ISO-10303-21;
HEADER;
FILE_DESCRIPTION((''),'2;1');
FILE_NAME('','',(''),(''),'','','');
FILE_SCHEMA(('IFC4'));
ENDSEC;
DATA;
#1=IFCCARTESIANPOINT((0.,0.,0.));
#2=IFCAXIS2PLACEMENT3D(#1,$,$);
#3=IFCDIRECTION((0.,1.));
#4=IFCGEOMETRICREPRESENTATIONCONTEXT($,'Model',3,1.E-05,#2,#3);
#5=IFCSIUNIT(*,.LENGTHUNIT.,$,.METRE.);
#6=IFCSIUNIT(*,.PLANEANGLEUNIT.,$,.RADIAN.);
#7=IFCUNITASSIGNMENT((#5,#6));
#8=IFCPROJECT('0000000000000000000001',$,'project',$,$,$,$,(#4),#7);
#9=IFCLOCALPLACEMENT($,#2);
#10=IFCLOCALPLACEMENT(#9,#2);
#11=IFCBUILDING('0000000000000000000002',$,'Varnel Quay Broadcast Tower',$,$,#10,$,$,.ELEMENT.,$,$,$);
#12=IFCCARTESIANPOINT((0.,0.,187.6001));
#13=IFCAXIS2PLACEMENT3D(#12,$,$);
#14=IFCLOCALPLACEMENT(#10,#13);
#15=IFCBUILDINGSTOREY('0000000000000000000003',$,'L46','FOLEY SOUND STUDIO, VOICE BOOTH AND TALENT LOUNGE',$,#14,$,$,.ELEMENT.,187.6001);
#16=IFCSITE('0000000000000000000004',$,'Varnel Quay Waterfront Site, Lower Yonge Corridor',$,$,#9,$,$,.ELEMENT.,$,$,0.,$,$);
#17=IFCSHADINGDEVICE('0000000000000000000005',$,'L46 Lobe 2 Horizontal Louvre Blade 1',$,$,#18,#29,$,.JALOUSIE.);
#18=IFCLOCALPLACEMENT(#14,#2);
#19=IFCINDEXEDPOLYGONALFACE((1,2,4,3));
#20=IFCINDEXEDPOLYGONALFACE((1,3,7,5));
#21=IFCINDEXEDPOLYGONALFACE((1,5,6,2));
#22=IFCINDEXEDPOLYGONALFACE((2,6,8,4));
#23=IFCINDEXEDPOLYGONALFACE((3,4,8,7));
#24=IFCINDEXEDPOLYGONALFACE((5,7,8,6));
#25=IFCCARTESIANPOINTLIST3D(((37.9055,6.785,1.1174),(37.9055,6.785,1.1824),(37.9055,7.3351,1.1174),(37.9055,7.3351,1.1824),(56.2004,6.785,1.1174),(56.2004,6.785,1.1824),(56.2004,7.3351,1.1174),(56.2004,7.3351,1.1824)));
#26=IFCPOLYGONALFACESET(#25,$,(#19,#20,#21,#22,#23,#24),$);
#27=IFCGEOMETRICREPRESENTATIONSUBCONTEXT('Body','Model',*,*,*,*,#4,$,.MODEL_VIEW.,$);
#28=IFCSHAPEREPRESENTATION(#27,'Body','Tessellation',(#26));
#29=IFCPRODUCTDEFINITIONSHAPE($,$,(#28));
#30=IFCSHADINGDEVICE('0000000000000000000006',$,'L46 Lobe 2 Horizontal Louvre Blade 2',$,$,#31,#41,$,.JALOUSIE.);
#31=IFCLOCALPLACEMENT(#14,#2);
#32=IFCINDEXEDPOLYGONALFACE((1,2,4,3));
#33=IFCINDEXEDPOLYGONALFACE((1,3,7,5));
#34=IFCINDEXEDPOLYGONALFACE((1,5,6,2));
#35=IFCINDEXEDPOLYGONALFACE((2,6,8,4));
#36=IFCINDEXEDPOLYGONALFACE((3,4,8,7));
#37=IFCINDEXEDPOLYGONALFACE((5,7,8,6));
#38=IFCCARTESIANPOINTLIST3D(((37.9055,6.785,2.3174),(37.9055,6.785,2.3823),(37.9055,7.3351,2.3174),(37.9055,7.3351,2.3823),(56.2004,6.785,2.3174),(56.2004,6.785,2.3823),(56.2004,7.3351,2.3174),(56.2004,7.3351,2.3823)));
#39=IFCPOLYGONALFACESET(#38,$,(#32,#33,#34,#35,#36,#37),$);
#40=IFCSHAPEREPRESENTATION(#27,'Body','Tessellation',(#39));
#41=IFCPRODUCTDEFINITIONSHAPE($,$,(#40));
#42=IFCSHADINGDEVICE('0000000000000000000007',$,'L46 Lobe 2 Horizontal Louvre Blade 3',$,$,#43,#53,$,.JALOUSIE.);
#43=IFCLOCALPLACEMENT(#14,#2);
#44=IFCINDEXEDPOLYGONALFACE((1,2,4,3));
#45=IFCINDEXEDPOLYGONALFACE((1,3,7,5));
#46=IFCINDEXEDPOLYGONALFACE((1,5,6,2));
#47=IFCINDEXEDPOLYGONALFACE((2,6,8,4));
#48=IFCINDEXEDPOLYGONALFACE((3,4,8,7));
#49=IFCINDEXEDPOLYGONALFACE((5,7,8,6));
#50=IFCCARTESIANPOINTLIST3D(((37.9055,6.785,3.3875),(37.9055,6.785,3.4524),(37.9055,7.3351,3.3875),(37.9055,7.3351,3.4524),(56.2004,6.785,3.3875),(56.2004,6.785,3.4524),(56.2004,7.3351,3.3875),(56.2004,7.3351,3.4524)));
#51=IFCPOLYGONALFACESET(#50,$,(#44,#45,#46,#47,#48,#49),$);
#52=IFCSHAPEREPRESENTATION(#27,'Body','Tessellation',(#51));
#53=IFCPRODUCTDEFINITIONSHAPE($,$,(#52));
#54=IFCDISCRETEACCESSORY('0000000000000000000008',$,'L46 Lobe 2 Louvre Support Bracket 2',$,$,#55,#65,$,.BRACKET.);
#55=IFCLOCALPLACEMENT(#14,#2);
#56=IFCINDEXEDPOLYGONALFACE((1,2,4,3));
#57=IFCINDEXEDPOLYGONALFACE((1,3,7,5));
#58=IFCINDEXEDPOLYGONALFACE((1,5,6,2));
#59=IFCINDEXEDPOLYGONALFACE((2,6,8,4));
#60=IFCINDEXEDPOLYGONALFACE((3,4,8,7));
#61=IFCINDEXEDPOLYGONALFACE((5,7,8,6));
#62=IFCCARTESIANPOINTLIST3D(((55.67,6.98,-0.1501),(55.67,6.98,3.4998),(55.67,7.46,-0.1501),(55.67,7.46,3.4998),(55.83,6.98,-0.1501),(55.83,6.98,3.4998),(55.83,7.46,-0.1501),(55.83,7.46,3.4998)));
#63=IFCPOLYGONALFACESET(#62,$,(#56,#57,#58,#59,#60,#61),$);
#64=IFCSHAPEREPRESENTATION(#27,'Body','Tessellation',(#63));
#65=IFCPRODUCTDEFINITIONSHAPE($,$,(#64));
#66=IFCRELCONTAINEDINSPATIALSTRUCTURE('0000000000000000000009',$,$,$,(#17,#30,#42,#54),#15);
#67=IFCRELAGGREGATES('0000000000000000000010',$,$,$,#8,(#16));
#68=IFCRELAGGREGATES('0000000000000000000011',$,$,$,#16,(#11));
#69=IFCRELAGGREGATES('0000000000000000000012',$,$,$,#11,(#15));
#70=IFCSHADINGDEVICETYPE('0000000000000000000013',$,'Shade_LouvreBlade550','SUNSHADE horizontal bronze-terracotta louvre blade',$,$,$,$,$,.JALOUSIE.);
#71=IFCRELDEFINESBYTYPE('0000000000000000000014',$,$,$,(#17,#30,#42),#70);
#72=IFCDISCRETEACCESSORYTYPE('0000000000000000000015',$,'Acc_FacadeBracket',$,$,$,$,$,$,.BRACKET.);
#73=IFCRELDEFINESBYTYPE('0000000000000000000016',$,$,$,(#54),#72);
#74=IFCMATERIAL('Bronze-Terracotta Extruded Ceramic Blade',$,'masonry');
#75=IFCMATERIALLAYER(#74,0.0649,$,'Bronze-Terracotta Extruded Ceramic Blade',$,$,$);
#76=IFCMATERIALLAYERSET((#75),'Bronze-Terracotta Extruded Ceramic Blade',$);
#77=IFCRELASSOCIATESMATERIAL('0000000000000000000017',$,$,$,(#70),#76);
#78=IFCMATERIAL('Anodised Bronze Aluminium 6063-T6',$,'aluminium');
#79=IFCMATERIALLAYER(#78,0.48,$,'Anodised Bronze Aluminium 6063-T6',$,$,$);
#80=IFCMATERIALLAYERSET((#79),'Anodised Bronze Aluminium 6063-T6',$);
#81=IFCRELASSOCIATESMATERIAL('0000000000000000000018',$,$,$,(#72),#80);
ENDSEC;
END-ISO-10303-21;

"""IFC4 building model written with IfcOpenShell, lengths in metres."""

from ifc_helpers import new_model, si_unit, direction, frame, origin, origin_2d, place, context, subcontext, project, spatial, rectangle, extrude, source, transform, mapped, material, layer, layer_set, type_object, type_shapes, element, save


model = new_model("IFC4")

# Units and contexts
model_context = context("Model", 3, precision=1e-05, world=origin(), true_north=direction((0.0, 1.0)))
body_context = subcontext(model_context, "Body", "Model", "MODEL_VIEW")
ifc_project = project(units=[si_unit("LENGTHUNIT", "METRE"), si_unit("PLANEANGLEUNIT", "RADIAN")], contexts=[model_context])

# Site, building, storey
site_placement = place(None, origin())
site = spatial("IfcSite", under=ifc_project, at=site_placement, Name="Varnel Quay Waterfront Site, Lower Yonge Corridor", CompositionType="ELEMENT", RefElevation=0.0)
building_placement = place(site_placement, origin())
building = spatial("IfcBuilding", under=site, at=building_placement, Name="Varnel Quay Broadcast Tower", CompositionType="ELEMENT")
storey_placement = place(building_placement, frame((0.0, 0.0, 187.6001)))
storey = spatial("IfcBuildingStorey", under=building, at=storey_placement, Name="L46", Description="FOLEY SOUND STUDIO, VOICE BOOTH AND TALENT LOUNGE", CompositionType="ELEMENT", Elevation=187.6001)

# Shared definitions
ifc_material_1 = material(Name="Anodised Bronze Aluminium 6063-T6", Category="aluminium")

# Shading devices
ifc_material_2 = material(Name="Bronze-Terracotta Extruded Ceramic Blade", Category="masonry")
ifc_layer_1 = layer(ifc_material_2, 0.0649, Name="Bronze-Terracotta Extruded Ceramic Blade")
ifc_layer_set_1 = layer_set([ifc_layer_1], Name="Bronze-Terracotta Extruded Ceramic Blade")
shading_device_type = type_object("IfcShadingDeviceType", Name="Shade_LouvreBlade550", Description="SUNSHADE horizontal bronze-terracotta louvre blade", PredefinedType="JALOUSIE", material=ifc_layer_set_1)
shared_shape_1 = source(origin(), body_context, "Body", "SweptSolid", [
    extrude(rectangle(XDim=18.2949, YDim=0.55, at=origin_2d()), origin(), (0.0, 0.0, 1.0), 0.0649),
])
type_shapes(shading_device_type, [shared_shape_1])
for number, where, z_axis, x_axis, name in (
    (1, (47.053, 7.0601, 1.1174), (0.0, 0.0, 1.0), (1.0, 0.0, 0.0), "L46 Lobe 2 Horizontal Louvre Blade 1"),
    (2, (47.053, 7.0601, 2.3174), (0.0, 0.0, 1.0), (1.0, 0.0, 0.0), "L46 Lobe 2 Horizontal Louvre Blade 2"),
    (3, (47.053, 7.0601, 3.3875), (0.0, 0.0, 1.0), (1.0, 0.0, 0.0), "L46 Lobe 2 Horizontal Louvre Blade 3"),
):
    element("IfcShadingDevice", number, at=place(storey_placement, frame(where, z_axis=z_axis, x_axis=x_axis)), inside=storey, type_object=shading_device_type, Name=name, PredefinedType="JALOUSIE", context=body_context, shape_type="MappedRepresentation", body=[
        mapped(shared_shape_1, transform((0.0, 0.0, 0.0), x_axis=(1.0, 0.0, 0.0), y_axis=(0.0, 1.0, 0.0), z_axis=(0.0, 0.0, 1.0), scale=1.0)),
    ])

# Discrete accessory
ifc_layer_2 = layer(ifc_material_1, 0.48, Name="Anodised Bronze Aluminium 6063-T6")
ifc_layer_set_2 = layer_set([ifc_layer_2], Name="Anodised Bronze Aluminium 6063-T6")
discrete_accessory_type = type_object("IfcDiscreteAccessoryType", Name="Acc_FacadeBracket", PredefinedType="BRACKET", material=ifc_layer_set_2)
shared_shape_2 = source(origin(), body_context, "Body", "SweptSolid", [
    extrude(rectangle(XDim=0.1599, YDim=0.48, at=origin_2d()), origin(), (0.0, 0.0, 1.0), 3.6499),
])
type_shapes(discrete_accessory_type, [shared_shape_2])
discrete_accessory_placement = place(storey_placement, frame((55.75, 7.22, -0.1501), z_axis=(0.0, 0.0, 1.0), x_axis=(1.0, 0.0, 0.0)))
element("IfcDiscreteAccessory", 4, at=discrete_accessory_placement, inside=storey, type_object=discrete_accessory_type, Name="L46 Lobe 2 Louvre Support Bracket 2", PredefinedType="BRACKET", context=body_context, shape_type="MappedRepresentation", body=[
    mapped(shared_shape_2, transform((0.0, 0.0, 0.0), x_axis=(1.0, 0.0, 0.0), y_axis=(0.0, 1.0, 0.0), z_axis=(0.0, 0.0, 1.0), scale=1.0)),
])

save(model, "model.ifc")
